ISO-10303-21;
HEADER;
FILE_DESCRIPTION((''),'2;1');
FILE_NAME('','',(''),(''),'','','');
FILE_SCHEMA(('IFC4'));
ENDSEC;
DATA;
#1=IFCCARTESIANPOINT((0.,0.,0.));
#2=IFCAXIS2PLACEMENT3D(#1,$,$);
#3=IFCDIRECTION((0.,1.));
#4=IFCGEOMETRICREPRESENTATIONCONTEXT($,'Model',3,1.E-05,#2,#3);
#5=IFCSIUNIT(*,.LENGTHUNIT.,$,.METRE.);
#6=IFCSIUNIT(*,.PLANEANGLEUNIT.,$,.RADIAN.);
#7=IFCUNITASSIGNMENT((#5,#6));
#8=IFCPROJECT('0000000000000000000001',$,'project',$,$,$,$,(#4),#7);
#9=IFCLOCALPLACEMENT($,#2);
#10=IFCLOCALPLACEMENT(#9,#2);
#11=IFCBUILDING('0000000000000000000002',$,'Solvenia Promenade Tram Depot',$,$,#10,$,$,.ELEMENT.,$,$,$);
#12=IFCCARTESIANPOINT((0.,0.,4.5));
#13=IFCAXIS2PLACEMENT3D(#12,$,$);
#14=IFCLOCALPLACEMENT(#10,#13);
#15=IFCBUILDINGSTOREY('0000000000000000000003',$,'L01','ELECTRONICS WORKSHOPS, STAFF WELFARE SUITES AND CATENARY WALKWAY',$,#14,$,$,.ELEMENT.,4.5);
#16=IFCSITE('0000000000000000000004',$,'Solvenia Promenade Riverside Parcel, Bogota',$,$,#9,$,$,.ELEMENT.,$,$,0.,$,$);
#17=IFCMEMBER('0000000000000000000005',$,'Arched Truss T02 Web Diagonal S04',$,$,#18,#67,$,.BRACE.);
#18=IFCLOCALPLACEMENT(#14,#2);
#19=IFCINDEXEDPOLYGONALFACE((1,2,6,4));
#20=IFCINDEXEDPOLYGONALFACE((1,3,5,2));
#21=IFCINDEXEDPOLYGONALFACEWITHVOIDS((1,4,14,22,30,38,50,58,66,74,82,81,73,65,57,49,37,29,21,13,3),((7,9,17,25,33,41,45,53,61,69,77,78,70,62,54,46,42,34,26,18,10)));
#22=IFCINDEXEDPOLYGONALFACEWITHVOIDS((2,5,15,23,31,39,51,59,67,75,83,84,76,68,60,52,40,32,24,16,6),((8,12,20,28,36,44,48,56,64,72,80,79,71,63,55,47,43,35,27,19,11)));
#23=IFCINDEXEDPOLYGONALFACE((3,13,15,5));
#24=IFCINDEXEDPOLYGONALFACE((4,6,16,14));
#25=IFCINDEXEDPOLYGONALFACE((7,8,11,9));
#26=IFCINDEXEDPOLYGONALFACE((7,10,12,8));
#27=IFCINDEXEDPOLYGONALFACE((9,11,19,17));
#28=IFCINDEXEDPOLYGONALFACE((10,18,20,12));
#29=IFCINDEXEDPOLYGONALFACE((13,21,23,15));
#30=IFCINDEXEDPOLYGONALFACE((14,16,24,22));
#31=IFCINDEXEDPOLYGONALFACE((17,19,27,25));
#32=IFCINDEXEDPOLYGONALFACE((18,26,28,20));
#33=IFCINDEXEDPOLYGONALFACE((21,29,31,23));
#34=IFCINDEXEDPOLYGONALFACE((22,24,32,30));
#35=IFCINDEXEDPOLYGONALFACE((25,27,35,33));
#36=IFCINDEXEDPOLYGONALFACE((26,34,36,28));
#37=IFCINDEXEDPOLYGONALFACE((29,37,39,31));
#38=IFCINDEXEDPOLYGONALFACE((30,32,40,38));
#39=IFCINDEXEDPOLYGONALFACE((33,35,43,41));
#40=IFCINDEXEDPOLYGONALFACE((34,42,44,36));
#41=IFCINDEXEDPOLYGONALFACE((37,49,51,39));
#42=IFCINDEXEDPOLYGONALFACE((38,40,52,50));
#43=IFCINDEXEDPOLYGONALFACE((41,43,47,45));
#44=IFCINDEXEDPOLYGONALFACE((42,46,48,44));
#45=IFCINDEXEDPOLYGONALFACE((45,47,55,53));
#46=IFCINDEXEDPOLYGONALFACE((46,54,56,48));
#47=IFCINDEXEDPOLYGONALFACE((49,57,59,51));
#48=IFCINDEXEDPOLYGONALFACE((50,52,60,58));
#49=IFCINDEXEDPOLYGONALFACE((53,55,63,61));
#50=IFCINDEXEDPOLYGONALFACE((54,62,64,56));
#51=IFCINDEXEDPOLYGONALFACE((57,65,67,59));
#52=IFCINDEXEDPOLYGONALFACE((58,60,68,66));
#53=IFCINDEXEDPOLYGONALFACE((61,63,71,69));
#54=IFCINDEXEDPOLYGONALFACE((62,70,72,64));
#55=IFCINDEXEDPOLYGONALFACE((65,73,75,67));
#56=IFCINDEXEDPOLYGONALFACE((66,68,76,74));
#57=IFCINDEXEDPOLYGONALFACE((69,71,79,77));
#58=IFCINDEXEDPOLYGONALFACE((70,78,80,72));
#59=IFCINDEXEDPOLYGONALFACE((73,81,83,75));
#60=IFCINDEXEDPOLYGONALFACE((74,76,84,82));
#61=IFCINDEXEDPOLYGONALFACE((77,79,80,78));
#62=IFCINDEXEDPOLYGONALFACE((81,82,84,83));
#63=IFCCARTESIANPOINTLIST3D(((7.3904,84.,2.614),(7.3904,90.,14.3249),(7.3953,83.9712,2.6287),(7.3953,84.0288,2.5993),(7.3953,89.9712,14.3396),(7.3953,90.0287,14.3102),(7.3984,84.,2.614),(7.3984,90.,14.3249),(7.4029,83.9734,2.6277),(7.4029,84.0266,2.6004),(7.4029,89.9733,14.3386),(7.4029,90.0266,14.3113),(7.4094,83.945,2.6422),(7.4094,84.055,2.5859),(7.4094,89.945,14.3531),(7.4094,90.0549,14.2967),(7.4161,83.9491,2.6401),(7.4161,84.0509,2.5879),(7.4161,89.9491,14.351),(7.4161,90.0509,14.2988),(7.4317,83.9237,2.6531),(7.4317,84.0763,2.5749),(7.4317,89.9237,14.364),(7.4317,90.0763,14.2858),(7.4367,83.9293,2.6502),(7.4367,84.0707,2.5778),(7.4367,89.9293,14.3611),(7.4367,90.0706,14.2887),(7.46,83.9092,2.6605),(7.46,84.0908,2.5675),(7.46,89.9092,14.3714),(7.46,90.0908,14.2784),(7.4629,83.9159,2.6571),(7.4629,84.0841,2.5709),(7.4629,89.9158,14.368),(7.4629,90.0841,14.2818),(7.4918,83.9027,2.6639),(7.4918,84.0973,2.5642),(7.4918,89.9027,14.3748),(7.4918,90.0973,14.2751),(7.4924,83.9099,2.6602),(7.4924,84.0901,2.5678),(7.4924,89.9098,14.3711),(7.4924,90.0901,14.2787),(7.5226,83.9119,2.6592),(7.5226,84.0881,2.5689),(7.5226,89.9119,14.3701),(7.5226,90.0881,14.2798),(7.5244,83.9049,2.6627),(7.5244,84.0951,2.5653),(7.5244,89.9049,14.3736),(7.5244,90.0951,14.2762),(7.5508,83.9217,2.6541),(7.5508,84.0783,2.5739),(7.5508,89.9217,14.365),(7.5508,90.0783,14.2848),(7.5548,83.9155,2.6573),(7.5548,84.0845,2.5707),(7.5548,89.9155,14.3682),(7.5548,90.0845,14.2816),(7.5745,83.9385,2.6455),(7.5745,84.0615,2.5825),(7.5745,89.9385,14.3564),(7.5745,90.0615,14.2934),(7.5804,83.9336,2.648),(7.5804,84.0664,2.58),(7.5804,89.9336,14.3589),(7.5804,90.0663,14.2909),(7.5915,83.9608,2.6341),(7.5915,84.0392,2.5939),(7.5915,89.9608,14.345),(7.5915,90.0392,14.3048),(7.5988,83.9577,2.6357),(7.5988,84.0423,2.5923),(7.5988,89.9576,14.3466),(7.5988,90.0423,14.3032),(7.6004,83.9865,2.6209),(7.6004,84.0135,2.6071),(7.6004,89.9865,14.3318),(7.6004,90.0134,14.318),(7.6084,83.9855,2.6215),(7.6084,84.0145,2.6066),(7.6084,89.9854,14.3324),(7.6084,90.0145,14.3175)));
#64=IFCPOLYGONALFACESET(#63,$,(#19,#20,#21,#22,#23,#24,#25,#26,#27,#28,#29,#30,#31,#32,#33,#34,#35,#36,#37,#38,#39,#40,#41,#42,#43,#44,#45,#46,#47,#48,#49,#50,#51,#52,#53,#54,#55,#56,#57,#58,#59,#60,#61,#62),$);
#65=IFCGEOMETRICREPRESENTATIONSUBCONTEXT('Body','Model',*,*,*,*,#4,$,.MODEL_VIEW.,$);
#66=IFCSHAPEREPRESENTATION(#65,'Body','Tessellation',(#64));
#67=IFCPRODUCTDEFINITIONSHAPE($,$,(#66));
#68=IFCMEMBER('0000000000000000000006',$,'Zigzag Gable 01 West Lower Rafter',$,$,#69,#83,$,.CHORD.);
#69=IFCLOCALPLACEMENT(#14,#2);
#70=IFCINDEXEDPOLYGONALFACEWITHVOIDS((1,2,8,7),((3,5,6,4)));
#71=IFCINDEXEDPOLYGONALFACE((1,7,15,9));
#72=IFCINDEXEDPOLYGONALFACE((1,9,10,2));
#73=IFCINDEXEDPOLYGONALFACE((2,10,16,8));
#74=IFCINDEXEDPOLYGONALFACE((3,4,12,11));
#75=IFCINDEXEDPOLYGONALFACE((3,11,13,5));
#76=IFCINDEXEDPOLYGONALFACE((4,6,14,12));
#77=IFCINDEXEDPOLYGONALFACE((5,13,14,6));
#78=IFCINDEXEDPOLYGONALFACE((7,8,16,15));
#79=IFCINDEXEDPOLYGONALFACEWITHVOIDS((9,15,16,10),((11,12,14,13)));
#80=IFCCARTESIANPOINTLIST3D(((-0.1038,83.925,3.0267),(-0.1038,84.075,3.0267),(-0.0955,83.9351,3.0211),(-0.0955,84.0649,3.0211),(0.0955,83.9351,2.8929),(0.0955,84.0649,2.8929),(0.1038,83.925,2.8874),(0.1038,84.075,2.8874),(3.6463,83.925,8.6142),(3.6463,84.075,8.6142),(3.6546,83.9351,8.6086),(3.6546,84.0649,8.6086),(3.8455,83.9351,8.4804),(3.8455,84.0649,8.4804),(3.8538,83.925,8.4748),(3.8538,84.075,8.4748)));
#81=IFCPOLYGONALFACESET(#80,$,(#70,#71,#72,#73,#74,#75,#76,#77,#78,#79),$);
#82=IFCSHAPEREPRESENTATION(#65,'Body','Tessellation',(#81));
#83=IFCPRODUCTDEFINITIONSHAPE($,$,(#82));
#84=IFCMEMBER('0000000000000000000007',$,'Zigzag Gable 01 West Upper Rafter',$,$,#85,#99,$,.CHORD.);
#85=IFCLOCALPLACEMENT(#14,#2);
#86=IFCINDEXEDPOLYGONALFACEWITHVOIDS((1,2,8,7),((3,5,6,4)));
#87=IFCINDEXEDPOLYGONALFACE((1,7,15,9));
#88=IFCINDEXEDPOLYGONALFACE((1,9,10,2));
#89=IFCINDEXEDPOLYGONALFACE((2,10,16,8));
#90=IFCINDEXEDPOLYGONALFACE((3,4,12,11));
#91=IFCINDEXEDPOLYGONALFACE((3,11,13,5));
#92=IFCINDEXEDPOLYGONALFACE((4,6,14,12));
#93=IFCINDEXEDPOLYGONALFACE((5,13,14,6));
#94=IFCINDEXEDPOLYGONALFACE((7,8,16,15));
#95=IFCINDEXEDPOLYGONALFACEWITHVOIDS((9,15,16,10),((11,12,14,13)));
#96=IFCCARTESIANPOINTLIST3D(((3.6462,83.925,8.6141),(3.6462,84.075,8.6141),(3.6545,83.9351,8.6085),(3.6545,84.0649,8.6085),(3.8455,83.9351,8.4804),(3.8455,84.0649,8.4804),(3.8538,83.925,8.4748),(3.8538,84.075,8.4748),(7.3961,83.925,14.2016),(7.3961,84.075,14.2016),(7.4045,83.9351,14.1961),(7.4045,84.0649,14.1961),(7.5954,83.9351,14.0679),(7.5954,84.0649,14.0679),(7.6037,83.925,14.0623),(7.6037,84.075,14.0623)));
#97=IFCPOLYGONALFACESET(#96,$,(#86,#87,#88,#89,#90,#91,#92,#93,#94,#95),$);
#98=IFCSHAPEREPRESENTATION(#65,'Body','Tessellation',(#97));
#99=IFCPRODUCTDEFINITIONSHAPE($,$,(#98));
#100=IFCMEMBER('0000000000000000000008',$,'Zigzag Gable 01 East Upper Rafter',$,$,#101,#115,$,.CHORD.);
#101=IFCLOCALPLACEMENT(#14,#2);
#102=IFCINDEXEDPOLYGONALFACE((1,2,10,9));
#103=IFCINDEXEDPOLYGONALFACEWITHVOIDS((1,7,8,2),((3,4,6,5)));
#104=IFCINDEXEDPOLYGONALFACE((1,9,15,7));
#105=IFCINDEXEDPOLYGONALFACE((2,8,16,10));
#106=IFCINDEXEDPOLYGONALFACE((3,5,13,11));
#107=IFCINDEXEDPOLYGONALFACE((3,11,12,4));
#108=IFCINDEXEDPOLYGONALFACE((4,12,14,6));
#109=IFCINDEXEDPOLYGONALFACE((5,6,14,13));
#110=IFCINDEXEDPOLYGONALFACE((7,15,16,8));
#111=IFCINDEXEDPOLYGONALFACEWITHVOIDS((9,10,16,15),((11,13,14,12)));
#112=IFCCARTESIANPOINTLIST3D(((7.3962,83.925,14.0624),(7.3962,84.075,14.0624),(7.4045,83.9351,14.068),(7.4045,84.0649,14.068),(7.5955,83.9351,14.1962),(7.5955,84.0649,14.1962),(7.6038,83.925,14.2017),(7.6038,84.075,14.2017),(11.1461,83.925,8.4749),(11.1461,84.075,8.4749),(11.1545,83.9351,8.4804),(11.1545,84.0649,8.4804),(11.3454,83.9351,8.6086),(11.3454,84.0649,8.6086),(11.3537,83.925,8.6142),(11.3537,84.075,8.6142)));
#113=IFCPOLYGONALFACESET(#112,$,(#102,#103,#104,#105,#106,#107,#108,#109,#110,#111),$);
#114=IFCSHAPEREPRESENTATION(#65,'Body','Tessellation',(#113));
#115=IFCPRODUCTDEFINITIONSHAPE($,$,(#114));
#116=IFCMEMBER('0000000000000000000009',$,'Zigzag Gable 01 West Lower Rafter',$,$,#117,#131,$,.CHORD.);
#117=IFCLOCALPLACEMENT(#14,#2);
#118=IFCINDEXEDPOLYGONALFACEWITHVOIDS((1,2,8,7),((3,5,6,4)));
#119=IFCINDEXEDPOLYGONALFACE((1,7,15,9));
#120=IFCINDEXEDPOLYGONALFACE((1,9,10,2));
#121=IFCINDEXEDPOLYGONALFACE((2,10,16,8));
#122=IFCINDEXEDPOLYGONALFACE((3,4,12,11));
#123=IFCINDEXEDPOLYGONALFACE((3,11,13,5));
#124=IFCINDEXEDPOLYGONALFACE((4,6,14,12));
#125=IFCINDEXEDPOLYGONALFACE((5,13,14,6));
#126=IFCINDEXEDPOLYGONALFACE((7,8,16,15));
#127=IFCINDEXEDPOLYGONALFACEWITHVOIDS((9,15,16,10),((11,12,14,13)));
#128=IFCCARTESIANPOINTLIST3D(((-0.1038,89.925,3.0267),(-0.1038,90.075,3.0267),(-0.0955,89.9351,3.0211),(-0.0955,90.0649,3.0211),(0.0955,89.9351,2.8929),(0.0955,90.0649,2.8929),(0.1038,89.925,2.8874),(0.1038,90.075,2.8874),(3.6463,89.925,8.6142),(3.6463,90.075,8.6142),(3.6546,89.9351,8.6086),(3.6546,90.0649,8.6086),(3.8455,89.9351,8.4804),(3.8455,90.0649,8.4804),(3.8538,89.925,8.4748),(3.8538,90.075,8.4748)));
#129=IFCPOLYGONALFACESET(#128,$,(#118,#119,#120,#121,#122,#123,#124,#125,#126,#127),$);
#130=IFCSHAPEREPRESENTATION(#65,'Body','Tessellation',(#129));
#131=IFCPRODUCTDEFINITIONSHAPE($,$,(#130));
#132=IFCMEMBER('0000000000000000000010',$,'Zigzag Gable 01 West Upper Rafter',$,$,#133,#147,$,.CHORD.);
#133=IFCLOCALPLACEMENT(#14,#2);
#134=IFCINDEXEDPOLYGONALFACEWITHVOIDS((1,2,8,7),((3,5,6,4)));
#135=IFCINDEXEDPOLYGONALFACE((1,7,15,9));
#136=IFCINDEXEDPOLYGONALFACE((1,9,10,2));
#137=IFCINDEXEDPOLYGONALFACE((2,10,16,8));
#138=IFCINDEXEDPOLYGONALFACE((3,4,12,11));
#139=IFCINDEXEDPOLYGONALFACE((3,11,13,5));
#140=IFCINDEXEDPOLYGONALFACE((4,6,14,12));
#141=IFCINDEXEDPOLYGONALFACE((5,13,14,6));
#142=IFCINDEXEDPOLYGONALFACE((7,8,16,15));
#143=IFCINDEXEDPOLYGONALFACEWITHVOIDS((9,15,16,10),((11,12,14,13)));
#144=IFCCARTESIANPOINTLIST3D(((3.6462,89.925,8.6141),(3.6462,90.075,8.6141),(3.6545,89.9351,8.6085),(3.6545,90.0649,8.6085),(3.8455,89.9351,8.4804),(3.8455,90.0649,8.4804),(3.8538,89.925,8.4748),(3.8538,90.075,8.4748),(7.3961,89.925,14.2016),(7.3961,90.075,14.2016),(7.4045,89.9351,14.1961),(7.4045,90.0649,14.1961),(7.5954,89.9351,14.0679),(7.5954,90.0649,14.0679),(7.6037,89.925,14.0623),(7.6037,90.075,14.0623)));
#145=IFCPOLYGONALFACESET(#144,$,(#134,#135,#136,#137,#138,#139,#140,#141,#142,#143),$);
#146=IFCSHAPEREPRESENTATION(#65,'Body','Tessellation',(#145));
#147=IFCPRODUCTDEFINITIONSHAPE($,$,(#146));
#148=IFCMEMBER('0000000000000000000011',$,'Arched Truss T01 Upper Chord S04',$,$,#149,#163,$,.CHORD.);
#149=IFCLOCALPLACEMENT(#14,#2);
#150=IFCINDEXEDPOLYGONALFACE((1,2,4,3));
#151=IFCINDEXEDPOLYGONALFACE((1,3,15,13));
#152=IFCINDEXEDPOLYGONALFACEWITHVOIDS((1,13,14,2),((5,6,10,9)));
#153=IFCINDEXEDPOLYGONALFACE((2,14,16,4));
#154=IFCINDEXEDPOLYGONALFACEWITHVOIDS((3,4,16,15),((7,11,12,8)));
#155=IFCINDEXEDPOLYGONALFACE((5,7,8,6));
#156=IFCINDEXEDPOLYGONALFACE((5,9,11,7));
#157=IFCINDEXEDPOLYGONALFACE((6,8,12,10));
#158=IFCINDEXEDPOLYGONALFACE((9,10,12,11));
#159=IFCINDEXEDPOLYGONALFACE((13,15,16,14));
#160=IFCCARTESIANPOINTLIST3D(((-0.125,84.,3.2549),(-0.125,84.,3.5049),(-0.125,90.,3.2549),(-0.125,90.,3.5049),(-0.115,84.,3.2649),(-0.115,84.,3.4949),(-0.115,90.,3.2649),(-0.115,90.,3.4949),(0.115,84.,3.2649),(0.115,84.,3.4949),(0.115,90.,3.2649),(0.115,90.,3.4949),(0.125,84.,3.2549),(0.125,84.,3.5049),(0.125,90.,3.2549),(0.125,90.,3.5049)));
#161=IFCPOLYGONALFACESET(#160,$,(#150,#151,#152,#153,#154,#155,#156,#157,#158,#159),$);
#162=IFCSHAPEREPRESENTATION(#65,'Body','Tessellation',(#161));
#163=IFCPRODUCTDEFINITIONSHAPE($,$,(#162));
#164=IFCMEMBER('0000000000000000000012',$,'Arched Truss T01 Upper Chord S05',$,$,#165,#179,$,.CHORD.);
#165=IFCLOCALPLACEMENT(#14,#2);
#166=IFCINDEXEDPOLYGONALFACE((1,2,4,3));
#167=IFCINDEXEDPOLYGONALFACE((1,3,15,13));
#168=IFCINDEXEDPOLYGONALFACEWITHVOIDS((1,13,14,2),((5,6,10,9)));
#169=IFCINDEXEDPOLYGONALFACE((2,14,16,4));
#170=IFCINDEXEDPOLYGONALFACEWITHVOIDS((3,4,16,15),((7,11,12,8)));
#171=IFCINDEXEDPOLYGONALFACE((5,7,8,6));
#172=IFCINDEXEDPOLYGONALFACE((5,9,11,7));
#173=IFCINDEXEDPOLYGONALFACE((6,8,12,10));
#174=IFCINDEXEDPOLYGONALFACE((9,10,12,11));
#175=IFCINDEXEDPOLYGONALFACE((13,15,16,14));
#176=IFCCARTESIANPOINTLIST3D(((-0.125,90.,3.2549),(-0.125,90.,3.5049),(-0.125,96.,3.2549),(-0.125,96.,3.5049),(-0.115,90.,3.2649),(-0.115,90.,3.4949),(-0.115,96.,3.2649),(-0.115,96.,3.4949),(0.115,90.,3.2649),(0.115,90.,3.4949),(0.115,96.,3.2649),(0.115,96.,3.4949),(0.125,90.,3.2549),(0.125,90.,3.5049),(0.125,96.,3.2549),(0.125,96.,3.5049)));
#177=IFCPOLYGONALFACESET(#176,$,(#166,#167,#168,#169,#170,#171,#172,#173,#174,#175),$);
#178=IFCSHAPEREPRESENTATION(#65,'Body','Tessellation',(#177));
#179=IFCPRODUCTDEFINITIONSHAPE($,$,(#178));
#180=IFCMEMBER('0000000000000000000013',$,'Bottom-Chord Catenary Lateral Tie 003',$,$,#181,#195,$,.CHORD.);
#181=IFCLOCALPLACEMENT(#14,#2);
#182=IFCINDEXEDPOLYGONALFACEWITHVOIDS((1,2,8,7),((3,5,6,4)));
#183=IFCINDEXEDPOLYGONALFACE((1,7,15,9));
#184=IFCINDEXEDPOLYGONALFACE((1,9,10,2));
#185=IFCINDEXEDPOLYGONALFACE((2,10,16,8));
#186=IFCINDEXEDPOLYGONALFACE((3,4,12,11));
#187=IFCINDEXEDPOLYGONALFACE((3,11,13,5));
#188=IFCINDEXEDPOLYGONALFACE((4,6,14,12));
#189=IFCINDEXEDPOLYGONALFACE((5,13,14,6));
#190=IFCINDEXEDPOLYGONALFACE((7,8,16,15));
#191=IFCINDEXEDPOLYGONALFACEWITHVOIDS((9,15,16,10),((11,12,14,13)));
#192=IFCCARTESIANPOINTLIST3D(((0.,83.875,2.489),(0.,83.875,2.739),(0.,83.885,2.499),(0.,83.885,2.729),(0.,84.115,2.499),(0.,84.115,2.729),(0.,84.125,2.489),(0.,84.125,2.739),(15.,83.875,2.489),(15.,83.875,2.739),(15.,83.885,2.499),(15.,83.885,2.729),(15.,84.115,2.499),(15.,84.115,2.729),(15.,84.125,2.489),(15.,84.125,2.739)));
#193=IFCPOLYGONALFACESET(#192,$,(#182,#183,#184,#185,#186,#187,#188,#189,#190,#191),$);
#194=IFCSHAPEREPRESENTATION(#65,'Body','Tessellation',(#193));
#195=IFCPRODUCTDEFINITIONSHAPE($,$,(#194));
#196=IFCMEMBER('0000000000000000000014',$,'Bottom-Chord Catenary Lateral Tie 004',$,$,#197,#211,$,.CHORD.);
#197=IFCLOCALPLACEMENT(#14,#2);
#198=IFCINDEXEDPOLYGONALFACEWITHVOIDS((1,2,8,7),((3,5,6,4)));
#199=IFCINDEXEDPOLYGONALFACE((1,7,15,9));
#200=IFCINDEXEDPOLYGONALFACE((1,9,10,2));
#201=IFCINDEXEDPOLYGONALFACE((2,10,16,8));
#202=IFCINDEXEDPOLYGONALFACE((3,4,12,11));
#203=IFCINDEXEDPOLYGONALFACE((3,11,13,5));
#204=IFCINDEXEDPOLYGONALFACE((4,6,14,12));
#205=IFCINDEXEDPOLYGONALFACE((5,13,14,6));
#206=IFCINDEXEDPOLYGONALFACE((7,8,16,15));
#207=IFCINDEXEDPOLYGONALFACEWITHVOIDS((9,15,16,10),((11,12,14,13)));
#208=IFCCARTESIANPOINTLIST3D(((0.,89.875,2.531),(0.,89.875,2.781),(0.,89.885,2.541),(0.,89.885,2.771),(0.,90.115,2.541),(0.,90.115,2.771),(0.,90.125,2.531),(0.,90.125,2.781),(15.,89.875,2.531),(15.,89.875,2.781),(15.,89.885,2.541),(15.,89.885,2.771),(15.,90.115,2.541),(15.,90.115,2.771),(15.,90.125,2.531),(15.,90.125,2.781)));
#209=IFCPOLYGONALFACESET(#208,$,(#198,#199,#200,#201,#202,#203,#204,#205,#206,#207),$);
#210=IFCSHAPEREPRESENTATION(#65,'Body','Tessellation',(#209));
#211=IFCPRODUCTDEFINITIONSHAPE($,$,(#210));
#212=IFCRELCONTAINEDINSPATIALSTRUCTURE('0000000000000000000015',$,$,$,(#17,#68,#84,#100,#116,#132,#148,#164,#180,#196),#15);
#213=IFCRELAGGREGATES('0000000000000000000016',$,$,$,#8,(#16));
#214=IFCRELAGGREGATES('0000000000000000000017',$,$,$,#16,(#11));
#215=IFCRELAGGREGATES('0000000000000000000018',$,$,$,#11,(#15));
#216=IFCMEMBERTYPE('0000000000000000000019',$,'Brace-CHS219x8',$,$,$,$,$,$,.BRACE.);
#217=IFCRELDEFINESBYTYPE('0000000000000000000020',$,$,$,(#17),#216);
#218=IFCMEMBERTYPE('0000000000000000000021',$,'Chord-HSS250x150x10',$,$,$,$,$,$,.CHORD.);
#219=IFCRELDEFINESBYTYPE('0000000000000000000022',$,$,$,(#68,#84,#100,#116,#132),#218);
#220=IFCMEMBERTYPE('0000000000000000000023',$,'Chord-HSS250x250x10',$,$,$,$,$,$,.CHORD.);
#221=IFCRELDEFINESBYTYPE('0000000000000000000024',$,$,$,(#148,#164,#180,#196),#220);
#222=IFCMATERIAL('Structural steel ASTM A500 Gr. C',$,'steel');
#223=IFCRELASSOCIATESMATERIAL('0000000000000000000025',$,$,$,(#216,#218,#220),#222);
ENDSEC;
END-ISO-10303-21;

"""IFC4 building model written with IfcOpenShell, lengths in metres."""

from ifc_helpers import new_model, si_unit, direction, frame, origin, origin_2d, place, context, subcontext, project, spatial, hollow_rectangle, hollow_circle, extrude, material, material_profile, profile_set, type_object, element, save


model = new_model("IFC4")

# Units and contexts
model_context = context("Model", 3, precision=1e-05, world=origin(), true_north=direction((0.0, 1.0)))
body_context = subcontext(model_context, "Body", "Model", "MODEL_VIEW")
ifc_project = project(units=[si_unit("LENGTHUNIT", "METRE"), si_unit("PLANEANGLEUNIT", "RADIAN")], contexts=[model_context])

# Site, building, storey
site_placement = place(None, origin())
site = spatial("IfcSite", under=ifc_project, at=site_placement, Name="Solvenia Promenade Riverside Parcel, Bogota", CompositionType="ELEMENT", RefElevation=0.0)
building_placement = place(site_placement, origin())
building = spatial("IfcBuilding", under=site, at=building_placement, Name="Solvenia Promenade Tram Depot", CompositionType="ELEMENT")
storey_placement = place(building_placement, frame((0.0, 0.0, 4.5)))
storey = spatial("IfcBuildingStorey", under=building, at=storey_placement, Name="L01", Description="ELECTRONICS WORKSHOPS, STAFF WELFARE SUITES AND CATENARY WALKWAY", CompositionType="ELEMENT", Elevation=4.5)

# Members
ifc_material_1 = material(Name="Structural steel ASTM A500 Gr. C", Category="steel")
ifc_material_profile_1 = material_profile(ifc_material_1, hollow_circle(Radius=0.1096, WallThickness=0.0081, at=origin_2d()), Name="CHS219.1x8", Category="steel")
ifc_profile_set_1 = profile_set([ifc_material_profile_1], Name="Structural steel ASTM A500 Gr. C")
member_type_1 = type_object("IfcMemberType", Name="Brace-CHS219x8", PredefinedType="BRACE", material=ifc_profile_set_1)
member_1_placement = place(storey_placement, frame((7.5, 84.0, 2.614), z_axis=(0.0, 0.455979, 0.88999), x_axis=(-1.0, 0.0, 0.0)))
element("IfcMember", 1, at=member_1_placement, inside=storey, type_object=member_type_1, Name="Arched Truss T02 Web Diagonal S04", PredefinedType="BRACE", context=body_context, shape_type="SweptSolid", body=[
    extrude(hollow_circle(Radius=0.1096, WallThickness=0.0081, at=origin_2d()), origin(), (0.0, 0.0, 1.0), 13.1584),
])
ifc_material_profile_2 = material_profile(ifc_material_1, hollow_rectangle(XDim=0.1499, YDim=0.25, WallThickness=0.01, at=origin_2d()), Name="HSS250x150x10", Category="steel")
ifc_profile_set_2 = profile_set([ifc_material_profile_2], Name="Structural steel ASTM A500 Gr. C")
member_type_2 = type_object("IfcMemberType", Name="Chord-HSS250x150x10", PredefinedType="CHORD", material=ifc_profile_set_2)
for number, where, z_axis, x_axis, name in (
    (2, (0.0, 84.0, 2.957), (0.557276, 0.0, 0.830327), (0.0, 1.0, 0.0), "Zigzag Gable 01 West Lower Rafter"),
    (3, (3.75, 84.0, 8.5444), (0.557259, 0.0, 0.830338), (0.0, 1.0, 0.0), "Zigzag Gable 01 West Upper Rafter"),
    (4, (7.5, 84.0, 14.1321), (0.557259, 0.0, -0.830338), (0.0, 1.0, 0.0), "Zigzag Gable 01 East Upper Rafter"),
    (5, (0.0, 90.0, 2.957), (0.557276, 0.0, 0.830327), (0.0, 1.0, 0.0), "Zigzag Gable 01 West Lower Rafter"),
    (6, (3.75, 90.0, 8.5444), (0.557259, 0.0, 0.830338), (0.0, 1.0, 0.0), "Zigzag Gable 01 West Upper Rafter"),
):
    element("IfcMember", number, at=place(storey_placement, frame(where, z_axis=z_axis, x_axis=x_axis)), inside=storey, type_object=member_type_2, Name=name, PredefinedType="CHORD", context=body_context, shape_type="SweptSolid", body=[
        extrude(hollow_rectangle(XDim=0.1499, YDim=0.25, WallThickness=0.01, at=origin_2d()), origin(), (0.0, 0.0, 1.0), 6.7292),
    ])
ifc_material_profile_3 = material_profile(ifc_material_1, hollow_rectangle(XDim=0.25, YDim=0.25, WallThickness=0.01, at=origin_2d()), Name="HSS250x250x10", Category="steel")
ifc_profile_set_3 = profile_set([ifc_material_profile_3], Name="Structural steel ASTM A500 Gr. C")
member_type_3 = type_object("IfcMemberType", Name="Chord-HSS250x250x10", PredefinedType="CHORD", material=ifc_profile_set_3)
for number, where, z_axis, x_axis, name in (
    (7, (0.0, 84.0, 3.3799), (0.0, 1.0, 0.0), (-1.0, 0.0, 0.0), "Arched Truss T01 Upper Chord S04"),
    (8, (0.0, 90.0, 3.3799), (0.0, 1.0, 0.0), (-1.0, 0.0, 0.0), "Arched Truss T01 Upper Chord S05"),
):
    element("IfcMember", number, at=place(storey_placement, frame(where, z_axis=z_axis, x_axis=x_axis)), inside=storey, type_object=member_type_3, Name=name, PredefinedType="CHORD", context=body_context, shape_type="SweptSolid", body=[
        extrude(hollow_rectangle(XDim=0.25, YDim=0.25, WallThickness=0.01, at=origin_2d()), origin(), (0.0, 0.0, 1.0), 6.0),
    ])
for number, where, z_axis, x_axis, name in (
    (9, (0.0, 84.0, 2.614), (1.0, 0.0, 0.0), (0.0, 1.0, 0.0), "Bottom-Chord Catenary Lateral Tie 003"),
    (10, (0.0, 90.0, 2.656), (1.0, 0.0, 0.0), (0.0, 1.0, 0.0), "Bottom-Chord Catenary Lateral Tie 004"),
):
    element("IfcMember", number, at=place(storey_placement, frame(where, z_axis=z_axis, x_axis=x_axis)), inside=storey, type_object=member_type_3, Name=name, PredefinedType="CHORD", context=body_context, shape_type="SweptSolid", body=[
        extrude(hollow_rectangle(XDim=0.25, YDim=0.25, WallThickness=0.01, at=origin_2d()), origin(), (0.0, 0.0, 1.0), 15.0),
    ])

save(model, "model.ifc")
